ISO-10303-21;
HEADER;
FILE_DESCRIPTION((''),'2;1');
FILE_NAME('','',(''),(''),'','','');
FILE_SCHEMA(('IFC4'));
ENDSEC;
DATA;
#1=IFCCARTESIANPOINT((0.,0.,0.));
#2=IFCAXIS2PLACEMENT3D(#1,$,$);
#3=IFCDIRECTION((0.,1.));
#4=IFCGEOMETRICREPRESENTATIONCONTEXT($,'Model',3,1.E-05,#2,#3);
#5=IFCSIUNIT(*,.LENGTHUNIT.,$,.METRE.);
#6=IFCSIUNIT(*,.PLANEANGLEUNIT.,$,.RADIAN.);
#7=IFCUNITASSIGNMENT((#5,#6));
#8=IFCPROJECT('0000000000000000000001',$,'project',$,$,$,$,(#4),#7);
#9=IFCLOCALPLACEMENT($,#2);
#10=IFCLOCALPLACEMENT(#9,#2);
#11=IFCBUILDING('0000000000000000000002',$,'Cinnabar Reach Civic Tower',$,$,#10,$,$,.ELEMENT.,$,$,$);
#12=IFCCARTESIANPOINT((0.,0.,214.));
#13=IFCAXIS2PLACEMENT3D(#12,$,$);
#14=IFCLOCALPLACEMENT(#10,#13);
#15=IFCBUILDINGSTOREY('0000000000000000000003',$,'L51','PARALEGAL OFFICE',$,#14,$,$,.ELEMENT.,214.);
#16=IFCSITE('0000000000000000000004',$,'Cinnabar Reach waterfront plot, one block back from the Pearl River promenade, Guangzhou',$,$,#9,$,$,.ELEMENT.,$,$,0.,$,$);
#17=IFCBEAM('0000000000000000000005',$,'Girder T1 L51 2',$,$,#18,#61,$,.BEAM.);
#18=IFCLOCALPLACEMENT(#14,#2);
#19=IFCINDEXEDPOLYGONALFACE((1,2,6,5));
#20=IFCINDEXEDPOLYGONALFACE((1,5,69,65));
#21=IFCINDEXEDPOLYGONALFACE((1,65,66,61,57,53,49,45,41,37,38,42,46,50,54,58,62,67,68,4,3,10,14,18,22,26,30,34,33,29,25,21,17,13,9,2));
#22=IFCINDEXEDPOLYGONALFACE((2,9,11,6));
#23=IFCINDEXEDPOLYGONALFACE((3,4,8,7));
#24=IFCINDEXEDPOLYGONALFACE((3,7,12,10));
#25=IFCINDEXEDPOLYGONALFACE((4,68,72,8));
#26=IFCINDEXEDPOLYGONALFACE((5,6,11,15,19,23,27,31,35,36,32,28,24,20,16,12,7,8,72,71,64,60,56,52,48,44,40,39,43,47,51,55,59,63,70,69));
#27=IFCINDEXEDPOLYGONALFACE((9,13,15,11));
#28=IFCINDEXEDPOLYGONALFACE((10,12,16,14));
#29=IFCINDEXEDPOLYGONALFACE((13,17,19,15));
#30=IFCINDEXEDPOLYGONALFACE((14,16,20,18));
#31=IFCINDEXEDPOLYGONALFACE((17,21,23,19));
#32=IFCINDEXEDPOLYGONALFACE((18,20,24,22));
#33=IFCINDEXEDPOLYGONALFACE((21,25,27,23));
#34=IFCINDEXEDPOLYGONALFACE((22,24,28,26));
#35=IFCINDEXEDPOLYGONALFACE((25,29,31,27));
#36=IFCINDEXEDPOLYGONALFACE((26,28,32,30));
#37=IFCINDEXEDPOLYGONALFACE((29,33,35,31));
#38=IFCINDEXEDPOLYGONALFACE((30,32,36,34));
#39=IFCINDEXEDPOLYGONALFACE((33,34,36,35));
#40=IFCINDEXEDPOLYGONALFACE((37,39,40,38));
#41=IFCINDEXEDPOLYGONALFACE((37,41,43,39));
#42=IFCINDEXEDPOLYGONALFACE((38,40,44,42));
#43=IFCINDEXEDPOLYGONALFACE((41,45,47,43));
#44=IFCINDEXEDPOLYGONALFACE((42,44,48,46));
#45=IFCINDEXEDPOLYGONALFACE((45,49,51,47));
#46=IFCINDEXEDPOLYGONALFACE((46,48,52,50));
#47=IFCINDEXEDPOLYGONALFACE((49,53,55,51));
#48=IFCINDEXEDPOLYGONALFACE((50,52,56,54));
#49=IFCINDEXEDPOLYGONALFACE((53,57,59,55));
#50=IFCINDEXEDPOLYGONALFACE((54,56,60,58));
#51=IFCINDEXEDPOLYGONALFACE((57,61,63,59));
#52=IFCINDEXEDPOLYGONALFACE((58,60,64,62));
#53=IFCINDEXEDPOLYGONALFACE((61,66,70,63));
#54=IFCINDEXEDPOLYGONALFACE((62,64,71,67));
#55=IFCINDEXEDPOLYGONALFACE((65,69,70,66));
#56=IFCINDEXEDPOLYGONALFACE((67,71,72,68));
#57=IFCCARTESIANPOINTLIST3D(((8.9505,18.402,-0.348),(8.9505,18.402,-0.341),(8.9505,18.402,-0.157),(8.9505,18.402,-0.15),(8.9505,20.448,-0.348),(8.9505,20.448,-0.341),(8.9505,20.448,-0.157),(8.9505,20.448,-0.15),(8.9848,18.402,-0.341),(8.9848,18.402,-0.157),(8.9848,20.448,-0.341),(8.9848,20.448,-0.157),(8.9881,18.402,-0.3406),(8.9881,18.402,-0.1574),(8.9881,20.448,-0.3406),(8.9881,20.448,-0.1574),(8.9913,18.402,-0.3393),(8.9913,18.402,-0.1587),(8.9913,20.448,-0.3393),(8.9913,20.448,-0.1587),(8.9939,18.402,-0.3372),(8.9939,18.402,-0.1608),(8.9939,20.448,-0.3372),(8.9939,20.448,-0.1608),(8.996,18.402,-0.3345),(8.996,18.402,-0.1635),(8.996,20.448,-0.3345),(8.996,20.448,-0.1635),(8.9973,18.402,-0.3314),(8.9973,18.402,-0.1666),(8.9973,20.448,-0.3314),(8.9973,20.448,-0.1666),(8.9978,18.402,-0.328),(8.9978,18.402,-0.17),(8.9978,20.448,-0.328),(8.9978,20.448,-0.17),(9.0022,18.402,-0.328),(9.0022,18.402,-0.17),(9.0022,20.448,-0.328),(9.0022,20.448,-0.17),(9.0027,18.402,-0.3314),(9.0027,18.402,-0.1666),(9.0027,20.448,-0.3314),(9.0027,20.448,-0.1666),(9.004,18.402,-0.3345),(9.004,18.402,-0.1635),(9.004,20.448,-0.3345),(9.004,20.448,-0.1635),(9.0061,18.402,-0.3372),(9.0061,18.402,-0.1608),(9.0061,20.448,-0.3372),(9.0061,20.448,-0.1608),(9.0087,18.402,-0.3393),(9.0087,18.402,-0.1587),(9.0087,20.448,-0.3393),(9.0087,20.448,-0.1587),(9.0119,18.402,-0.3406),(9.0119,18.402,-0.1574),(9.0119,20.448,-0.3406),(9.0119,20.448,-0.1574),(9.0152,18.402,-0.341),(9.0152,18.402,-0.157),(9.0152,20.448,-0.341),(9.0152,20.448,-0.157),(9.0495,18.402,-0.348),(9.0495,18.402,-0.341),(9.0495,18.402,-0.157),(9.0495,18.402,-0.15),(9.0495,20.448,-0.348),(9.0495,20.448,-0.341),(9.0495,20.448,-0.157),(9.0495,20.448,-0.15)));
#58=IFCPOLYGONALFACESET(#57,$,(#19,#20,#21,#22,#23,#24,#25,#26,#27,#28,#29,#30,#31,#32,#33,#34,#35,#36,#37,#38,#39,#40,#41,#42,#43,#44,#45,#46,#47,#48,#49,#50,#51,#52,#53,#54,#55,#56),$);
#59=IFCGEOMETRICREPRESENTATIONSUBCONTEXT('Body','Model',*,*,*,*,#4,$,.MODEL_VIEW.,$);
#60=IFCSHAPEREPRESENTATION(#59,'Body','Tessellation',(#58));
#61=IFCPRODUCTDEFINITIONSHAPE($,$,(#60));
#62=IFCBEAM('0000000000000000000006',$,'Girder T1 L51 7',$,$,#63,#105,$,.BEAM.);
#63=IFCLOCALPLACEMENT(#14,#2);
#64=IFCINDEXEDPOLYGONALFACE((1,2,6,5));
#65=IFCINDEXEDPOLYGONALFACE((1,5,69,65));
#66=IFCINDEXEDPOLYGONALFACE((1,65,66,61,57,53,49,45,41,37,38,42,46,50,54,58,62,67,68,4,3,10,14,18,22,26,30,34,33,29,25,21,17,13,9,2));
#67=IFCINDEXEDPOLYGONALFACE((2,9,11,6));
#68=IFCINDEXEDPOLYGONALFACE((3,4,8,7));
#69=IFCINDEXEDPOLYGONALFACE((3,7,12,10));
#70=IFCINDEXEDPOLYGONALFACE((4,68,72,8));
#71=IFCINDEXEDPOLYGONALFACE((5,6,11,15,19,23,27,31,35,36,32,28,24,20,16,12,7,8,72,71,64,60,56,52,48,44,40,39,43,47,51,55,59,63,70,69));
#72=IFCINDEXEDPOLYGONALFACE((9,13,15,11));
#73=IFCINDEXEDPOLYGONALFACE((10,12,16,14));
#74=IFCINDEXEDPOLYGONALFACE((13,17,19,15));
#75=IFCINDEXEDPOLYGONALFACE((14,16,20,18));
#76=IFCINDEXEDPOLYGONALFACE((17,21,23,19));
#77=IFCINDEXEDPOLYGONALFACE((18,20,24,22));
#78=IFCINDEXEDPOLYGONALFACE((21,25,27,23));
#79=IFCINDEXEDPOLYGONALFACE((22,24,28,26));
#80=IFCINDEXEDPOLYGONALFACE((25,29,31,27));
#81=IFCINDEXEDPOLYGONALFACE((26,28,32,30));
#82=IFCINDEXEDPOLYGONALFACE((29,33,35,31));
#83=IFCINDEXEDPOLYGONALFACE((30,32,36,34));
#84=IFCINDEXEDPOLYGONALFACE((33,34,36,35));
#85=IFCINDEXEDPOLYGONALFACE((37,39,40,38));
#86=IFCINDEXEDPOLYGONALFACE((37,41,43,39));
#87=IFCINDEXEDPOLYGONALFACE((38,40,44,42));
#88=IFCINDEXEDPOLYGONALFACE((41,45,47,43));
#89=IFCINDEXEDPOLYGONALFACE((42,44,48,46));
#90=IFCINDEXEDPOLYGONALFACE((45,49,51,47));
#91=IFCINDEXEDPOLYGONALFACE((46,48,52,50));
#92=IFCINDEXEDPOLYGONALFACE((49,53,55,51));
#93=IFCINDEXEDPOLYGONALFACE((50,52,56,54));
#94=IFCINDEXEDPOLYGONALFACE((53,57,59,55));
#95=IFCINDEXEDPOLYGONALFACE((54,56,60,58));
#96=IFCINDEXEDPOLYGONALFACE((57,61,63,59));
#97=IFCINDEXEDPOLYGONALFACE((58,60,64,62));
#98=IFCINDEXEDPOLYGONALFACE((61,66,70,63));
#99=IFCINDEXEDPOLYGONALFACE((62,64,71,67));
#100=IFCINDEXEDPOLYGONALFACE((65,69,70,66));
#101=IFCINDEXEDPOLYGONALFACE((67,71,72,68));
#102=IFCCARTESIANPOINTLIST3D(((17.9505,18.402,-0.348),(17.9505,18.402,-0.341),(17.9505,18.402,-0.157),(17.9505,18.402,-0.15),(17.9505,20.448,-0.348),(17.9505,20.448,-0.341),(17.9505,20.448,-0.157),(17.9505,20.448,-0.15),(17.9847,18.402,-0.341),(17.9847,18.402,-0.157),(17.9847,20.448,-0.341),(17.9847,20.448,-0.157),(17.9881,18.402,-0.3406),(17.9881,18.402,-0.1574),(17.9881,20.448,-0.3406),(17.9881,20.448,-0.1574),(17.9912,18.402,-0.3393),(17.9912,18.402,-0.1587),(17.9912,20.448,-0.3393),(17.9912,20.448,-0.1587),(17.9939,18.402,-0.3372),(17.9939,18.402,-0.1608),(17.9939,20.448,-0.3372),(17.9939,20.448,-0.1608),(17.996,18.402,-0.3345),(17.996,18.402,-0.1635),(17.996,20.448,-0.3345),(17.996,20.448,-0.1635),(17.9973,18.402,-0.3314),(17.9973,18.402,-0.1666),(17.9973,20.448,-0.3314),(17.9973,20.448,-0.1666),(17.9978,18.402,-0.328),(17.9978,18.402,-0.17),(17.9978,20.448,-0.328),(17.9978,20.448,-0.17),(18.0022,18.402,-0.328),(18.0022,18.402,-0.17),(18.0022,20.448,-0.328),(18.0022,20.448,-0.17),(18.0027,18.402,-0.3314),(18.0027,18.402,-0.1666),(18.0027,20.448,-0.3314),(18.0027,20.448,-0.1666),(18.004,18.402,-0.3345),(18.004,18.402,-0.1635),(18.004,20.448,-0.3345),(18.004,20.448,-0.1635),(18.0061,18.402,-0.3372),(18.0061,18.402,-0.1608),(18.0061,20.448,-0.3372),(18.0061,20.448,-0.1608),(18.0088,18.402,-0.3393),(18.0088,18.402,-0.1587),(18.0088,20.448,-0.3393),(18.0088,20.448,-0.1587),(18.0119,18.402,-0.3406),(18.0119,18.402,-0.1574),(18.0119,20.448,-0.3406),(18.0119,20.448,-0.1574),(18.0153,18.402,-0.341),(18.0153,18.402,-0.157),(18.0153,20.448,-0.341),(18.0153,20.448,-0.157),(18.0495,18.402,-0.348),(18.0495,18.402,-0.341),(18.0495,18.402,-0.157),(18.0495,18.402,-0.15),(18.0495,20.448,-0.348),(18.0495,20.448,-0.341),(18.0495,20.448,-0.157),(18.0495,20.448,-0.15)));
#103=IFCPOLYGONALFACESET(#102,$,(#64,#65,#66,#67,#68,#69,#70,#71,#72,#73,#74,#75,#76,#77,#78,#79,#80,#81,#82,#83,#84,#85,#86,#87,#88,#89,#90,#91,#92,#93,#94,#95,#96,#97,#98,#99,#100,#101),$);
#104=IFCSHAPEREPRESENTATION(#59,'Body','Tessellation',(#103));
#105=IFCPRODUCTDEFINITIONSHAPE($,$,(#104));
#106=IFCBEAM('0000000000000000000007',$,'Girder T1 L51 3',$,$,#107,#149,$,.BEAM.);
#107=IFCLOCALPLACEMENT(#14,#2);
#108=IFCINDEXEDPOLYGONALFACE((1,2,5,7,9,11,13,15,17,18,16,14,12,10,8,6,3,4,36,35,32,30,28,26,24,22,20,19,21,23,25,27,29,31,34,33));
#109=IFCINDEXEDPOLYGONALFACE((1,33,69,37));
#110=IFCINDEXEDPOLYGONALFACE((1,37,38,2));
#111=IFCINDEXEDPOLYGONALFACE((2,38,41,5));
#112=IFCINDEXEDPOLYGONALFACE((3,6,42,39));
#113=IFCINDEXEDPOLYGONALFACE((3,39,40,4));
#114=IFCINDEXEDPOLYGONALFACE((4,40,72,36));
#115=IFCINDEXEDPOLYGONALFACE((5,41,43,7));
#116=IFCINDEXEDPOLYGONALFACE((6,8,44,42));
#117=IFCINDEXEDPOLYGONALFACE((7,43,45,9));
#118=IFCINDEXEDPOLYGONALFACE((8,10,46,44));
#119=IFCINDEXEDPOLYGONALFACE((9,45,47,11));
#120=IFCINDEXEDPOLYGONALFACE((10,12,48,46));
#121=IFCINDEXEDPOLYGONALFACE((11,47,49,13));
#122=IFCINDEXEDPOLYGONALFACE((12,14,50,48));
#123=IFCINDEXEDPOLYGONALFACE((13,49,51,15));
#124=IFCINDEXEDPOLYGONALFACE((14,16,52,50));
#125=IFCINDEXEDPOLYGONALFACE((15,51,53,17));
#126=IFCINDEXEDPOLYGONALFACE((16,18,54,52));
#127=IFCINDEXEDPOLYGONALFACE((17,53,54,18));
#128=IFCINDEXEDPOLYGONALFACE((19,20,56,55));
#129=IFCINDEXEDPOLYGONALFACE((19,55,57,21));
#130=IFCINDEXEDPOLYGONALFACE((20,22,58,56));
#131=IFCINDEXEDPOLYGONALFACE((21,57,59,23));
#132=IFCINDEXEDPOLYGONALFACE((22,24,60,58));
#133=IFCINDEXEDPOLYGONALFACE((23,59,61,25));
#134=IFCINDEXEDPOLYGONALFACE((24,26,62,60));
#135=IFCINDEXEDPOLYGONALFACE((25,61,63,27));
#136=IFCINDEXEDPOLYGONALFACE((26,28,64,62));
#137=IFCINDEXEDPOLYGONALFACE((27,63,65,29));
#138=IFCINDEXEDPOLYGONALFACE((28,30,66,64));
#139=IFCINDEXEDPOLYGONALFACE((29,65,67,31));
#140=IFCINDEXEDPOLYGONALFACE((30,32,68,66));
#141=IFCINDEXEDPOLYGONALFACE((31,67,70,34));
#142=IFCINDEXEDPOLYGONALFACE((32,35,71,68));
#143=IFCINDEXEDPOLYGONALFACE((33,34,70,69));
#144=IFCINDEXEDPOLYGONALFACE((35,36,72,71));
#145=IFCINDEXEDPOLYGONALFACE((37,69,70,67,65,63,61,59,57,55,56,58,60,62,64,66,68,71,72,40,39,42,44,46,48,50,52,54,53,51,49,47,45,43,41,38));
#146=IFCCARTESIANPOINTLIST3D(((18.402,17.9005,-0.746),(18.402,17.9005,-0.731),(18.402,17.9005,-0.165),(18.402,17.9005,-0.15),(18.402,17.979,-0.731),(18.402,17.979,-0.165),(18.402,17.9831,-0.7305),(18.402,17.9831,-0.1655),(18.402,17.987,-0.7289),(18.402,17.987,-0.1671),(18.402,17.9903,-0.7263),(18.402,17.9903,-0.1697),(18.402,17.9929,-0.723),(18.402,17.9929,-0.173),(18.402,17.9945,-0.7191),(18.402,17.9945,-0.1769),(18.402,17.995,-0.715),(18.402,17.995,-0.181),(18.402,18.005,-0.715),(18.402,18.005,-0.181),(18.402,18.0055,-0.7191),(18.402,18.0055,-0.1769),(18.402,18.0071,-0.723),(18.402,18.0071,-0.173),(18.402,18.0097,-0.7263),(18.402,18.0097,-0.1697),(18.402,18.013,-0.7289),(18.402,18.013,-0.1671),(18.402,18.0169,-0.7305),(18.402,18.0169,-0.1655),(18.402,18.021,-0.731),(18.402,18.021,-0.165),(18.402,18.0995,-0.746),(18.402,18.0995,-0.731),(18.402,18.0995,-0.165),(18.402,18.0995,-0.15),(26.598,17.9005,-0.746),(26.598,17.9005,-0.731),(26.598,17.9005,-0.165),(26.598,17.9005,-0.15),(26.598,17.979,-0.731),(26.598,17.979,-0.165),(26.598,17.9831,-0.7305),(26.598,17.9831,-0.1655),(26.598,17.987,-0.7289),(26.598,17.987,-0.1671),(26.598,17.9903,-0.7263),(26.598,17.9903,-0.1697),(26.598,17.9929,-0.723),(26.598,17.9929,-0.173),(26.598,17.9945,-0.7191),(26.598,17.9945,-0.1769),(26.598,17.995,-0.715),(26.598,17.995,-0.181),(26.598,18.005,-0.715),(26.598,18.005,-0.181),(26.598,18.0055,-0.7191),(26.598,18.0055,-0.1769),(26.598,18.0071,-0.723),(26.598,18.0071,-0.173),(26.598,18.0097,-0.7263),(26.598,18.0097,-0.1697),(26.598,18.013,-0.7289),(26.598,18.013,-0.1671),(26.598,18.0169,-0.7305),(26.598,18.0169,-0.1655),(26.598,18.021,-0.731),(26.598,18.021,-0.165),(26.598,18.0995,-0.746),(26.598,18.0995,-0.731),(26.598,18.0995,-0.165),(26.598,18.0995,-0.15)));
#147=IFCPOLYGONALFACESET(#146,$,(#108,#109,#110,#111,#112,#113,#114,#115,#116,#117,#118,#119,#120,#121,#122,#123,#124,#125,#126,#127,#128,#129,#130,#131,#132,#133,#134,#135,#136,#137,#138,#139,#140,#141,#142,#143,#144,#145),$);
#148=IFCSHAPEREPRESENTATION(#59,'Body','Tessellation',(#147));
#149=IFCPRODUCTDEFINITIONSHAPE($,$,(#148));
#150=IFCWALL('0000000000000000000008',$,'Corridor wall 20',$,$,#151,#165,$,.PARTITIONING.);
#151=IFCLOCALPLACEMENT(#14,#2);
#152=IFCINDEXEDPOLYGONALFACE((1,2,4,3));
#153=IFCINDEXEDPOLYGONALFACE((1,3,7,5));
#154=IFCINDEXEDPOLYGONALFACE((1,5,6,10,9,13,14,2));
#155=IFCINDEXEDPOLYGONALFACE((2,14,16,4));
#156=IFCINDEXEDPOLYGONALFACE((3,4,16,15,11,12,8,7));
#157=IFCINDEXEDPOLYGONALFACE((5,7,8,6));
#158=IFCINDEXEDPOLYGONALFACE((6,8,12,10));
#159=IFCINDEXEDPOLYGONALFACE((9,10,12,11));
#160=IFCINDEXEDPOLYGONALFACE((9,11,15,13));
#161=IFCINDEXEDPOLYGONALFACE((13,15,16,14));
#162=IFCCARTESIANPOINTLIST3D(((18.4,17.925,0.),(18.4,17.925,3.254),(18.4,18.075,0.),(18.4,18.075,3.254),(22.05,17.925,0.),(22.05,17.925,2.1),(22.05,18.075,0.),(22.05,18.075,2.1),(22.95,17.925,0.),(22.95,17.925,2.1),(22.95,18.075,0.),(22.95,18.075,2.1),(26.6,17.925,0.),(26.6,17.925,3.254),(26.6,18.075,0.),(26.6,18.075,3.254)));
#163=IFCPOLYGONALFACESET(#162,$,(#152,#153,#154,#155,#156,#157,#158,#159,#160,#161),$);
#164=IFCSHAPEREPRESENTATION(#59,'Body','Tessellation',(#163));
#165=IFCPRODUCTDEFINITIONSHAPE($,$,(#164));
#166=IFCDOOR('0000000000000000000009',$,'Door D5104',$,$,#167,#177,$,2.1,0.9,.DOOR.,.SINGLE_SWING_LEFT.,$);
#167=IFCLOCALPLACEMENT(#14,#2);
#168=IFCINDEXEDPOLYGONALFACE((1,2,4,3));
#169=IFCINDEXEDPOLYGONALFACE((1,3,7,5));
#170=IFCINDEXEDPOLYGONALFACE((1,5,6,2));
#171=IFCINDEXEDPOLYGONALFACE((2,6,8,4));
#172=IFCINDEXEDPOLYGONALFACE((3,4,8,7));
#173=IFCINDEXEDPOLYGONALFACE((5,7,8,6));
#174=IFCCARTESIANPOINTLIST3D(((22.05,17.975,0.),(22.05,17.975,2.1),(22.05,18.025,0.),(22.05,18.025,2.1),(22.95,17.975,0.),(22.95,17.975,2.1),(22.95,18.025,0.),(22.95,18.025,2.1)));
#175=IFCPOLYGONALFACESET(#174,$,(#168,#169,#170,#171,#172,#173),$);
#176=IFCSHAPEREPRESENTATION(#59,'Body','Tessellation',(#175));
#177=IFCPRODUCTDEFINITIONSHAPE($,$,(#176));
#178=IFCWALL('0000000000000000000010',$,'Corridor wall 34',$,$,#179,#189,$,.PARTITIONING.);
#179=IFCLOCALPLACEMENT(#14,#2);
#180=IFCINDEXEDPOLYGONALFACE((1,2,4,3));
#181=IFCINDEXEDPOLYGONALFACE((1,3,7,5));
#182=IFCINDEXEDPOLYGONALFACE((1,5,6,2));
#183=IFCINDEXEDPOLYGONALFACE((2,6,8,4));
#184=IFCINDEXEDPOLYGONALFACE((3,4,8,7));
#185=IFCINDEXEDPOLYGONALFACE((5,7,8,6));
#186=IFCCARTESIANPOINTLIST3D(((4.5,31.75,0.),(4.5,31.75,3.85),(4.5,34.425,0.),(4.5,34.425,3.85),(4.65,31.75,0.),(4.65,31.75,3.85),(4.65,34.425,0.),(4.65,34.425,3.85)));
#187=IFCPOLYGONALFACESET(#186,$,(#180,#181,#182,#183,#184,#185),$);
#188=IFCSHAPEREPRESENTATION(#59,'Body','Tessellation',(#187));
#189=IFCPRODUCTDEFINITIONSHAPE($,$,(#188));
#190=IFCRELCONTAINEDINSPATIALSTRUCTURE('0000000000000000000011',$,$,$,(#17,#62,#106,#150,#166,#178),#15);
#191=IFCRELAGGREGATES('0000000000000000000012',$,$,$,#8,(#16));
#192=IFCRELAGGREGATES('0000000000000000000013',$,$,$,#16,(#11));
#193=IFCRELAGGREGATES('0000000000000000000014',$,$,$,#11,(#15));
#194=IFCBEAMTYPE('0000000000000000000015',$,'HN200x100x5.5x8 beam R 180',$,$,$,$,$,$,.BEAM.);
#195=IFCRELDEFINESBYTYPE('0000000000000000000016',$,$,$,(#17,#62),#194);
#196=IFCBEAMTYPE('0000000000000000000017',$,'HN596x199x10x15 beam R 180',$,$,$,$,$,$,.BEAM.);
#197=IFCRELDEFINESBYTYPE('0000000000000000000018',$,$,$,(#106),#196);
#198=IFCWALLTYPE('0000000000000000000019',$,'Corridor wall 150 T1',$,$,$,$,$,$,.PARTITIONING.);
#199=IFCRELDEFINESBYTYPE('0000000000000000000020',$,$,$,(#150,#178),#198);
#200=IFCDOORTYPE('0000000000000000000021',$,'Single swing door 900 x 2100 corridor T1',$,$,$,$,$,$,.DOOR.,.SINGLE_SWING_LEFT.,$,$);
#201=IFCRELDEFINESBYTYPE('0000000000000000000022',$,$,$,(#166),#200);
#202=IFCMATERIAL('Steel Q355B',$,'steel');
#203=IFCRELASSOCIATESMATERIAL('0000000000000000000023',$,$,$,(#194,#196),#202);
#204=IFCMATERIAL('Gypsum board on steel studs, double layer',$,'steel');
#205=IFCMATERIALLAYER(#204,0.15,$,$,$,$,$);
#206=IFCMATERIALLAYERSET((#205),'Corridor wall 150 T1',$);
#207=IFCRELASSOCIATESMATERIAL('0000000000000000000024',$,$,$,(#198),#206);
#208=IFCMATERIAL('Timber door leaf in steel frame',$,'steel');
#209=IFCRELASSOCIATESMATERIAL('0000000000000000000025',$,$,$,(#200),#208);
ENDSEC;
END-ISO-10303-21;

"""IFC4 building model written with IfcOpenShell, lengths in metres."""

from ifc_helpers import new_model, si_unit, direction, frame, frame_2d, origin, origin_2d, place, context, subcontext, project, spatial, rectangle, i_section, extrude, material, layer, layer_set, material_profile, profile_set, type_object, element, fill, save


model = new_model("IFC4")

# Units and contexts
model_context = context("Model", 3, precision=1e-05, world=origin(), true_north=direction((0.0, 1.0)))
body_context = subcontext(model_context, "Body", "Model", "MODEL_VIEW")
ifc_project = project(units=[si_unit("LENGTHUNIT", "METRE"), si_unit("PLANEANGLEUNIT", "RADIAN")], contexts=[model_context])

# Site, building, storey
site_placement = place(None, origin())
site = spatial("IfcSite", under=ifc_project, at=site_placement, Name="Cinnabar Reach waterfront plot, one block back from the Pearl River promenade, Guangzhou", CompositionType="ELEMENT", RefElevation=0.0)
building_placement = place(site_placement, origin())
building = spatial("IfcBuilding", under=site, at=building_placement, Name="Cinnabar Reach Civic Tower", CompositionType="ELEMENT")
storey_placement = place(building_placement, frame((0.0, 0.0, 214.0)))
storey = spatial("IfcBuildingStorey", under=building, at=storey_placement, Name="L51", Description="PARALEGAL OFFICE", CompositionType="ELEMENT", Elevation=214.0)

# Beams
ifc_material_1 = material(Name="Steel Q355B", Category="steel")
ifc_material_profile_1 = material_profile(ifc_material_1, i_section(OverallWidth=0.099, OverallDepth=0.198, WebThickness=0.0045, FlangeThickness=0.007, FilletRadius=0.013, at=origin_2d()), Name="HN200x100x5.5x8")
ifc_profile_set_1 = profile_set([ifc_material_profile_1], Name="Steel Q355B")
beam_type_1 = type_object("IfcBeamType", Name="HN200x100x5.5x8 beam R 180", PredefinedType="BEAM", material=ifc_profile_set_1)
for number, where, z_axis, x_axis, name in (
    (1, (9.0, 18.402, -0.249), (0.0, 1.0, 0.0), (-1.0, 0.0, 0.0), "Girder T1 L51 2"),
    (2, (18.0, 18.402, -0.249), (0.0, 1.0, 0.0), (-1.0, 0.0, 0.0), "Girder T1 L51 7"),
):
    element("IfcBeam", number, at=place(storey_placement, frame(where, z_axis=z_axis, x_axis=x_axis)), inside=storey, type_object=beam_type_1, Name=name, PredefinedType="BEAM", context=body_context, shape_type="SweptSolid", body=[
        extrude(i_section(OverallWidth=0.099, OverallDepth=0.198, WebThickness=0.0045, FlangeThickness=0.007, FilletRadius=0.013, at=origin_2d()), origin(), (0.0, 0.0, 1.0), 2.046),
    ])
ifc_material_profile_2 = material_profile(ifc_material_1, i_section(OverallWidth=0.199, OverallDepth=0.596, WebThickness=0.01, FlangeThickness=0.015, FilletRadius=0.016, at=origin_2d()), Name="HN596x199x10x15")
ifc_profile_set_2 = profile_set([ifc_material_profile_2], Name="Steel Q355B")
beam_type_2 = type_object("IfcBeamType", Name="HN596x199x10x15 beam R 180", PredefinedType="BEAM", material=ifc_profile_set_2)
beam_placement = place(storey_placement, frame((18.402, 18.0, -0.448), z_axis=(1.0, 0.0, 0.0), x_axis=(0.0, 1.0, 0.0)))
element("IfcBeam", 3, at=beam_placement, inside=storey, type_object=beam_type_2, Name="Girder T1 L51 3", PredefinedType="BEAM", context=body_context, shape_type="SweptSolid", body=[
    extrude(i_section(OverallWidth=0.199, OverallDepth=0.596, WebThickness=0.01, FlangeThickness=0.015, FilletRadius=0.016, at=origin_2d()), origin(), (0.0, 0.0, 1.0), 8.196),
])

# Wall, opening, door
ifc_material_2 = material(Name="Gypsum board on steel studs, double layer", Category="steel")
ifc_layer_1 = layer(ifc_material_2, 0.15)
ifc_layer_set_1 = layer_set([ifc_layer_1], Name="Corridor wall 150 T1")
wall_type_1 = type_object("IfcWallType", Name="Corridor wall 150 T1", PredefinedType="PARTITIONING", material=ifc_layer_set_1)
wall_1_placement = place(storey_placement, frame((18.4, 18.0, 0.0), z_axis=(0.0, 0.0, 1.0), x_axis=(1.0, 0.0, 0.0)))
wall_1 = element("IfcWall", 4, at=wall_1_placement, inside=storey, type_object=wall_type_1, Name="Corridor wall 20", PredefinedType="PARTITIONING", context=body_context, shape_type="SweptSolid", body=[
    extrude(rectangle(XDim=8.2, YDim=0.15, at=frame_2d((4.1, 0.0))), origin(), (0.0, 0.0, 1.0), 3.254),
])
opening_placement = place(wall_1_placement, frame((3.65, 0.0, 0.0)))
opening = element("IfcOpeningElement", 5, at=opening_placement, cuts=wall_1, PredefinedType="OPENING", context=body_context, shape_type="SweptSolid", body=[
    extrude(rectangle(XDim=0.9, YDim=2.1, at=frame_2d((0.45, 1.05))), frame((0.0, 0.085, 0.0), z_axis=(0.0, -1.0, 0.0), x_axis=(1.0, 0.0, 0.0)), (0.0, 0.0, 1.0), 0.17),
])
ifc_material_3 = material(Name="Timber door leaf in steel frame", Category="steel")
door_type = type_object("IfcDoorType", Name="Single swing door 900 x 2100 corridor T1", OperationType="SINGLE_SWING_LEFT", PredefinedType="DOOR", material=ifc_material_3)
door_placement = place(opening_placement, frame((0.9, 0.0, 0.0), z_axis=(0.0, 0.0, 1.0), x_axis=(-1.0, 0.0, 0.0)))
door = element("IfcDoor", 6, at=door_placement, inside=storey, type_object=door_type, Name="Door D5104", OperationType="SINGLE_SWING_LEFT", OverallHeight=2.1, OverallWidth=0.9, PredefinedType="DOOR", context=body_context, shape_type="SweptSolid", body=[
    extrude(rectangle(XDim=0.9, YDim=2.1, at=frame_2d((0.45, 1.05))), frame((0.0, 0.025, 0.0), z_axis=(0.0, -1.0, 0.0), x_axis=(1.0, 0.0, 0.0)), (0.0, 0.0, 1.0), 0.05),
])
fill(opening, door)

# Wall
wall_2_placement = place(storey_placement, frame((4.575, 31.75, 0.0), z_axis=(0.0, 0.0, 1.0), x_axis=(0.0, 1.0, 0.0)))
element("IfcWall", 7, at=wall_2_placement, inside=storey, type_object=wall_type_1, Name="Corridor wall 34", PredefinedType="PARTITIONING", context=body_context, shape_type="SweptSolid", body=[
    extrude(rectangle(XDim=2.675, YDim=0.15, at=frame_2d((1.3375, 0.0))), origin(), (0.0, 0.0, 1.0), 3.85),
])

save(model, "model.ifc")
